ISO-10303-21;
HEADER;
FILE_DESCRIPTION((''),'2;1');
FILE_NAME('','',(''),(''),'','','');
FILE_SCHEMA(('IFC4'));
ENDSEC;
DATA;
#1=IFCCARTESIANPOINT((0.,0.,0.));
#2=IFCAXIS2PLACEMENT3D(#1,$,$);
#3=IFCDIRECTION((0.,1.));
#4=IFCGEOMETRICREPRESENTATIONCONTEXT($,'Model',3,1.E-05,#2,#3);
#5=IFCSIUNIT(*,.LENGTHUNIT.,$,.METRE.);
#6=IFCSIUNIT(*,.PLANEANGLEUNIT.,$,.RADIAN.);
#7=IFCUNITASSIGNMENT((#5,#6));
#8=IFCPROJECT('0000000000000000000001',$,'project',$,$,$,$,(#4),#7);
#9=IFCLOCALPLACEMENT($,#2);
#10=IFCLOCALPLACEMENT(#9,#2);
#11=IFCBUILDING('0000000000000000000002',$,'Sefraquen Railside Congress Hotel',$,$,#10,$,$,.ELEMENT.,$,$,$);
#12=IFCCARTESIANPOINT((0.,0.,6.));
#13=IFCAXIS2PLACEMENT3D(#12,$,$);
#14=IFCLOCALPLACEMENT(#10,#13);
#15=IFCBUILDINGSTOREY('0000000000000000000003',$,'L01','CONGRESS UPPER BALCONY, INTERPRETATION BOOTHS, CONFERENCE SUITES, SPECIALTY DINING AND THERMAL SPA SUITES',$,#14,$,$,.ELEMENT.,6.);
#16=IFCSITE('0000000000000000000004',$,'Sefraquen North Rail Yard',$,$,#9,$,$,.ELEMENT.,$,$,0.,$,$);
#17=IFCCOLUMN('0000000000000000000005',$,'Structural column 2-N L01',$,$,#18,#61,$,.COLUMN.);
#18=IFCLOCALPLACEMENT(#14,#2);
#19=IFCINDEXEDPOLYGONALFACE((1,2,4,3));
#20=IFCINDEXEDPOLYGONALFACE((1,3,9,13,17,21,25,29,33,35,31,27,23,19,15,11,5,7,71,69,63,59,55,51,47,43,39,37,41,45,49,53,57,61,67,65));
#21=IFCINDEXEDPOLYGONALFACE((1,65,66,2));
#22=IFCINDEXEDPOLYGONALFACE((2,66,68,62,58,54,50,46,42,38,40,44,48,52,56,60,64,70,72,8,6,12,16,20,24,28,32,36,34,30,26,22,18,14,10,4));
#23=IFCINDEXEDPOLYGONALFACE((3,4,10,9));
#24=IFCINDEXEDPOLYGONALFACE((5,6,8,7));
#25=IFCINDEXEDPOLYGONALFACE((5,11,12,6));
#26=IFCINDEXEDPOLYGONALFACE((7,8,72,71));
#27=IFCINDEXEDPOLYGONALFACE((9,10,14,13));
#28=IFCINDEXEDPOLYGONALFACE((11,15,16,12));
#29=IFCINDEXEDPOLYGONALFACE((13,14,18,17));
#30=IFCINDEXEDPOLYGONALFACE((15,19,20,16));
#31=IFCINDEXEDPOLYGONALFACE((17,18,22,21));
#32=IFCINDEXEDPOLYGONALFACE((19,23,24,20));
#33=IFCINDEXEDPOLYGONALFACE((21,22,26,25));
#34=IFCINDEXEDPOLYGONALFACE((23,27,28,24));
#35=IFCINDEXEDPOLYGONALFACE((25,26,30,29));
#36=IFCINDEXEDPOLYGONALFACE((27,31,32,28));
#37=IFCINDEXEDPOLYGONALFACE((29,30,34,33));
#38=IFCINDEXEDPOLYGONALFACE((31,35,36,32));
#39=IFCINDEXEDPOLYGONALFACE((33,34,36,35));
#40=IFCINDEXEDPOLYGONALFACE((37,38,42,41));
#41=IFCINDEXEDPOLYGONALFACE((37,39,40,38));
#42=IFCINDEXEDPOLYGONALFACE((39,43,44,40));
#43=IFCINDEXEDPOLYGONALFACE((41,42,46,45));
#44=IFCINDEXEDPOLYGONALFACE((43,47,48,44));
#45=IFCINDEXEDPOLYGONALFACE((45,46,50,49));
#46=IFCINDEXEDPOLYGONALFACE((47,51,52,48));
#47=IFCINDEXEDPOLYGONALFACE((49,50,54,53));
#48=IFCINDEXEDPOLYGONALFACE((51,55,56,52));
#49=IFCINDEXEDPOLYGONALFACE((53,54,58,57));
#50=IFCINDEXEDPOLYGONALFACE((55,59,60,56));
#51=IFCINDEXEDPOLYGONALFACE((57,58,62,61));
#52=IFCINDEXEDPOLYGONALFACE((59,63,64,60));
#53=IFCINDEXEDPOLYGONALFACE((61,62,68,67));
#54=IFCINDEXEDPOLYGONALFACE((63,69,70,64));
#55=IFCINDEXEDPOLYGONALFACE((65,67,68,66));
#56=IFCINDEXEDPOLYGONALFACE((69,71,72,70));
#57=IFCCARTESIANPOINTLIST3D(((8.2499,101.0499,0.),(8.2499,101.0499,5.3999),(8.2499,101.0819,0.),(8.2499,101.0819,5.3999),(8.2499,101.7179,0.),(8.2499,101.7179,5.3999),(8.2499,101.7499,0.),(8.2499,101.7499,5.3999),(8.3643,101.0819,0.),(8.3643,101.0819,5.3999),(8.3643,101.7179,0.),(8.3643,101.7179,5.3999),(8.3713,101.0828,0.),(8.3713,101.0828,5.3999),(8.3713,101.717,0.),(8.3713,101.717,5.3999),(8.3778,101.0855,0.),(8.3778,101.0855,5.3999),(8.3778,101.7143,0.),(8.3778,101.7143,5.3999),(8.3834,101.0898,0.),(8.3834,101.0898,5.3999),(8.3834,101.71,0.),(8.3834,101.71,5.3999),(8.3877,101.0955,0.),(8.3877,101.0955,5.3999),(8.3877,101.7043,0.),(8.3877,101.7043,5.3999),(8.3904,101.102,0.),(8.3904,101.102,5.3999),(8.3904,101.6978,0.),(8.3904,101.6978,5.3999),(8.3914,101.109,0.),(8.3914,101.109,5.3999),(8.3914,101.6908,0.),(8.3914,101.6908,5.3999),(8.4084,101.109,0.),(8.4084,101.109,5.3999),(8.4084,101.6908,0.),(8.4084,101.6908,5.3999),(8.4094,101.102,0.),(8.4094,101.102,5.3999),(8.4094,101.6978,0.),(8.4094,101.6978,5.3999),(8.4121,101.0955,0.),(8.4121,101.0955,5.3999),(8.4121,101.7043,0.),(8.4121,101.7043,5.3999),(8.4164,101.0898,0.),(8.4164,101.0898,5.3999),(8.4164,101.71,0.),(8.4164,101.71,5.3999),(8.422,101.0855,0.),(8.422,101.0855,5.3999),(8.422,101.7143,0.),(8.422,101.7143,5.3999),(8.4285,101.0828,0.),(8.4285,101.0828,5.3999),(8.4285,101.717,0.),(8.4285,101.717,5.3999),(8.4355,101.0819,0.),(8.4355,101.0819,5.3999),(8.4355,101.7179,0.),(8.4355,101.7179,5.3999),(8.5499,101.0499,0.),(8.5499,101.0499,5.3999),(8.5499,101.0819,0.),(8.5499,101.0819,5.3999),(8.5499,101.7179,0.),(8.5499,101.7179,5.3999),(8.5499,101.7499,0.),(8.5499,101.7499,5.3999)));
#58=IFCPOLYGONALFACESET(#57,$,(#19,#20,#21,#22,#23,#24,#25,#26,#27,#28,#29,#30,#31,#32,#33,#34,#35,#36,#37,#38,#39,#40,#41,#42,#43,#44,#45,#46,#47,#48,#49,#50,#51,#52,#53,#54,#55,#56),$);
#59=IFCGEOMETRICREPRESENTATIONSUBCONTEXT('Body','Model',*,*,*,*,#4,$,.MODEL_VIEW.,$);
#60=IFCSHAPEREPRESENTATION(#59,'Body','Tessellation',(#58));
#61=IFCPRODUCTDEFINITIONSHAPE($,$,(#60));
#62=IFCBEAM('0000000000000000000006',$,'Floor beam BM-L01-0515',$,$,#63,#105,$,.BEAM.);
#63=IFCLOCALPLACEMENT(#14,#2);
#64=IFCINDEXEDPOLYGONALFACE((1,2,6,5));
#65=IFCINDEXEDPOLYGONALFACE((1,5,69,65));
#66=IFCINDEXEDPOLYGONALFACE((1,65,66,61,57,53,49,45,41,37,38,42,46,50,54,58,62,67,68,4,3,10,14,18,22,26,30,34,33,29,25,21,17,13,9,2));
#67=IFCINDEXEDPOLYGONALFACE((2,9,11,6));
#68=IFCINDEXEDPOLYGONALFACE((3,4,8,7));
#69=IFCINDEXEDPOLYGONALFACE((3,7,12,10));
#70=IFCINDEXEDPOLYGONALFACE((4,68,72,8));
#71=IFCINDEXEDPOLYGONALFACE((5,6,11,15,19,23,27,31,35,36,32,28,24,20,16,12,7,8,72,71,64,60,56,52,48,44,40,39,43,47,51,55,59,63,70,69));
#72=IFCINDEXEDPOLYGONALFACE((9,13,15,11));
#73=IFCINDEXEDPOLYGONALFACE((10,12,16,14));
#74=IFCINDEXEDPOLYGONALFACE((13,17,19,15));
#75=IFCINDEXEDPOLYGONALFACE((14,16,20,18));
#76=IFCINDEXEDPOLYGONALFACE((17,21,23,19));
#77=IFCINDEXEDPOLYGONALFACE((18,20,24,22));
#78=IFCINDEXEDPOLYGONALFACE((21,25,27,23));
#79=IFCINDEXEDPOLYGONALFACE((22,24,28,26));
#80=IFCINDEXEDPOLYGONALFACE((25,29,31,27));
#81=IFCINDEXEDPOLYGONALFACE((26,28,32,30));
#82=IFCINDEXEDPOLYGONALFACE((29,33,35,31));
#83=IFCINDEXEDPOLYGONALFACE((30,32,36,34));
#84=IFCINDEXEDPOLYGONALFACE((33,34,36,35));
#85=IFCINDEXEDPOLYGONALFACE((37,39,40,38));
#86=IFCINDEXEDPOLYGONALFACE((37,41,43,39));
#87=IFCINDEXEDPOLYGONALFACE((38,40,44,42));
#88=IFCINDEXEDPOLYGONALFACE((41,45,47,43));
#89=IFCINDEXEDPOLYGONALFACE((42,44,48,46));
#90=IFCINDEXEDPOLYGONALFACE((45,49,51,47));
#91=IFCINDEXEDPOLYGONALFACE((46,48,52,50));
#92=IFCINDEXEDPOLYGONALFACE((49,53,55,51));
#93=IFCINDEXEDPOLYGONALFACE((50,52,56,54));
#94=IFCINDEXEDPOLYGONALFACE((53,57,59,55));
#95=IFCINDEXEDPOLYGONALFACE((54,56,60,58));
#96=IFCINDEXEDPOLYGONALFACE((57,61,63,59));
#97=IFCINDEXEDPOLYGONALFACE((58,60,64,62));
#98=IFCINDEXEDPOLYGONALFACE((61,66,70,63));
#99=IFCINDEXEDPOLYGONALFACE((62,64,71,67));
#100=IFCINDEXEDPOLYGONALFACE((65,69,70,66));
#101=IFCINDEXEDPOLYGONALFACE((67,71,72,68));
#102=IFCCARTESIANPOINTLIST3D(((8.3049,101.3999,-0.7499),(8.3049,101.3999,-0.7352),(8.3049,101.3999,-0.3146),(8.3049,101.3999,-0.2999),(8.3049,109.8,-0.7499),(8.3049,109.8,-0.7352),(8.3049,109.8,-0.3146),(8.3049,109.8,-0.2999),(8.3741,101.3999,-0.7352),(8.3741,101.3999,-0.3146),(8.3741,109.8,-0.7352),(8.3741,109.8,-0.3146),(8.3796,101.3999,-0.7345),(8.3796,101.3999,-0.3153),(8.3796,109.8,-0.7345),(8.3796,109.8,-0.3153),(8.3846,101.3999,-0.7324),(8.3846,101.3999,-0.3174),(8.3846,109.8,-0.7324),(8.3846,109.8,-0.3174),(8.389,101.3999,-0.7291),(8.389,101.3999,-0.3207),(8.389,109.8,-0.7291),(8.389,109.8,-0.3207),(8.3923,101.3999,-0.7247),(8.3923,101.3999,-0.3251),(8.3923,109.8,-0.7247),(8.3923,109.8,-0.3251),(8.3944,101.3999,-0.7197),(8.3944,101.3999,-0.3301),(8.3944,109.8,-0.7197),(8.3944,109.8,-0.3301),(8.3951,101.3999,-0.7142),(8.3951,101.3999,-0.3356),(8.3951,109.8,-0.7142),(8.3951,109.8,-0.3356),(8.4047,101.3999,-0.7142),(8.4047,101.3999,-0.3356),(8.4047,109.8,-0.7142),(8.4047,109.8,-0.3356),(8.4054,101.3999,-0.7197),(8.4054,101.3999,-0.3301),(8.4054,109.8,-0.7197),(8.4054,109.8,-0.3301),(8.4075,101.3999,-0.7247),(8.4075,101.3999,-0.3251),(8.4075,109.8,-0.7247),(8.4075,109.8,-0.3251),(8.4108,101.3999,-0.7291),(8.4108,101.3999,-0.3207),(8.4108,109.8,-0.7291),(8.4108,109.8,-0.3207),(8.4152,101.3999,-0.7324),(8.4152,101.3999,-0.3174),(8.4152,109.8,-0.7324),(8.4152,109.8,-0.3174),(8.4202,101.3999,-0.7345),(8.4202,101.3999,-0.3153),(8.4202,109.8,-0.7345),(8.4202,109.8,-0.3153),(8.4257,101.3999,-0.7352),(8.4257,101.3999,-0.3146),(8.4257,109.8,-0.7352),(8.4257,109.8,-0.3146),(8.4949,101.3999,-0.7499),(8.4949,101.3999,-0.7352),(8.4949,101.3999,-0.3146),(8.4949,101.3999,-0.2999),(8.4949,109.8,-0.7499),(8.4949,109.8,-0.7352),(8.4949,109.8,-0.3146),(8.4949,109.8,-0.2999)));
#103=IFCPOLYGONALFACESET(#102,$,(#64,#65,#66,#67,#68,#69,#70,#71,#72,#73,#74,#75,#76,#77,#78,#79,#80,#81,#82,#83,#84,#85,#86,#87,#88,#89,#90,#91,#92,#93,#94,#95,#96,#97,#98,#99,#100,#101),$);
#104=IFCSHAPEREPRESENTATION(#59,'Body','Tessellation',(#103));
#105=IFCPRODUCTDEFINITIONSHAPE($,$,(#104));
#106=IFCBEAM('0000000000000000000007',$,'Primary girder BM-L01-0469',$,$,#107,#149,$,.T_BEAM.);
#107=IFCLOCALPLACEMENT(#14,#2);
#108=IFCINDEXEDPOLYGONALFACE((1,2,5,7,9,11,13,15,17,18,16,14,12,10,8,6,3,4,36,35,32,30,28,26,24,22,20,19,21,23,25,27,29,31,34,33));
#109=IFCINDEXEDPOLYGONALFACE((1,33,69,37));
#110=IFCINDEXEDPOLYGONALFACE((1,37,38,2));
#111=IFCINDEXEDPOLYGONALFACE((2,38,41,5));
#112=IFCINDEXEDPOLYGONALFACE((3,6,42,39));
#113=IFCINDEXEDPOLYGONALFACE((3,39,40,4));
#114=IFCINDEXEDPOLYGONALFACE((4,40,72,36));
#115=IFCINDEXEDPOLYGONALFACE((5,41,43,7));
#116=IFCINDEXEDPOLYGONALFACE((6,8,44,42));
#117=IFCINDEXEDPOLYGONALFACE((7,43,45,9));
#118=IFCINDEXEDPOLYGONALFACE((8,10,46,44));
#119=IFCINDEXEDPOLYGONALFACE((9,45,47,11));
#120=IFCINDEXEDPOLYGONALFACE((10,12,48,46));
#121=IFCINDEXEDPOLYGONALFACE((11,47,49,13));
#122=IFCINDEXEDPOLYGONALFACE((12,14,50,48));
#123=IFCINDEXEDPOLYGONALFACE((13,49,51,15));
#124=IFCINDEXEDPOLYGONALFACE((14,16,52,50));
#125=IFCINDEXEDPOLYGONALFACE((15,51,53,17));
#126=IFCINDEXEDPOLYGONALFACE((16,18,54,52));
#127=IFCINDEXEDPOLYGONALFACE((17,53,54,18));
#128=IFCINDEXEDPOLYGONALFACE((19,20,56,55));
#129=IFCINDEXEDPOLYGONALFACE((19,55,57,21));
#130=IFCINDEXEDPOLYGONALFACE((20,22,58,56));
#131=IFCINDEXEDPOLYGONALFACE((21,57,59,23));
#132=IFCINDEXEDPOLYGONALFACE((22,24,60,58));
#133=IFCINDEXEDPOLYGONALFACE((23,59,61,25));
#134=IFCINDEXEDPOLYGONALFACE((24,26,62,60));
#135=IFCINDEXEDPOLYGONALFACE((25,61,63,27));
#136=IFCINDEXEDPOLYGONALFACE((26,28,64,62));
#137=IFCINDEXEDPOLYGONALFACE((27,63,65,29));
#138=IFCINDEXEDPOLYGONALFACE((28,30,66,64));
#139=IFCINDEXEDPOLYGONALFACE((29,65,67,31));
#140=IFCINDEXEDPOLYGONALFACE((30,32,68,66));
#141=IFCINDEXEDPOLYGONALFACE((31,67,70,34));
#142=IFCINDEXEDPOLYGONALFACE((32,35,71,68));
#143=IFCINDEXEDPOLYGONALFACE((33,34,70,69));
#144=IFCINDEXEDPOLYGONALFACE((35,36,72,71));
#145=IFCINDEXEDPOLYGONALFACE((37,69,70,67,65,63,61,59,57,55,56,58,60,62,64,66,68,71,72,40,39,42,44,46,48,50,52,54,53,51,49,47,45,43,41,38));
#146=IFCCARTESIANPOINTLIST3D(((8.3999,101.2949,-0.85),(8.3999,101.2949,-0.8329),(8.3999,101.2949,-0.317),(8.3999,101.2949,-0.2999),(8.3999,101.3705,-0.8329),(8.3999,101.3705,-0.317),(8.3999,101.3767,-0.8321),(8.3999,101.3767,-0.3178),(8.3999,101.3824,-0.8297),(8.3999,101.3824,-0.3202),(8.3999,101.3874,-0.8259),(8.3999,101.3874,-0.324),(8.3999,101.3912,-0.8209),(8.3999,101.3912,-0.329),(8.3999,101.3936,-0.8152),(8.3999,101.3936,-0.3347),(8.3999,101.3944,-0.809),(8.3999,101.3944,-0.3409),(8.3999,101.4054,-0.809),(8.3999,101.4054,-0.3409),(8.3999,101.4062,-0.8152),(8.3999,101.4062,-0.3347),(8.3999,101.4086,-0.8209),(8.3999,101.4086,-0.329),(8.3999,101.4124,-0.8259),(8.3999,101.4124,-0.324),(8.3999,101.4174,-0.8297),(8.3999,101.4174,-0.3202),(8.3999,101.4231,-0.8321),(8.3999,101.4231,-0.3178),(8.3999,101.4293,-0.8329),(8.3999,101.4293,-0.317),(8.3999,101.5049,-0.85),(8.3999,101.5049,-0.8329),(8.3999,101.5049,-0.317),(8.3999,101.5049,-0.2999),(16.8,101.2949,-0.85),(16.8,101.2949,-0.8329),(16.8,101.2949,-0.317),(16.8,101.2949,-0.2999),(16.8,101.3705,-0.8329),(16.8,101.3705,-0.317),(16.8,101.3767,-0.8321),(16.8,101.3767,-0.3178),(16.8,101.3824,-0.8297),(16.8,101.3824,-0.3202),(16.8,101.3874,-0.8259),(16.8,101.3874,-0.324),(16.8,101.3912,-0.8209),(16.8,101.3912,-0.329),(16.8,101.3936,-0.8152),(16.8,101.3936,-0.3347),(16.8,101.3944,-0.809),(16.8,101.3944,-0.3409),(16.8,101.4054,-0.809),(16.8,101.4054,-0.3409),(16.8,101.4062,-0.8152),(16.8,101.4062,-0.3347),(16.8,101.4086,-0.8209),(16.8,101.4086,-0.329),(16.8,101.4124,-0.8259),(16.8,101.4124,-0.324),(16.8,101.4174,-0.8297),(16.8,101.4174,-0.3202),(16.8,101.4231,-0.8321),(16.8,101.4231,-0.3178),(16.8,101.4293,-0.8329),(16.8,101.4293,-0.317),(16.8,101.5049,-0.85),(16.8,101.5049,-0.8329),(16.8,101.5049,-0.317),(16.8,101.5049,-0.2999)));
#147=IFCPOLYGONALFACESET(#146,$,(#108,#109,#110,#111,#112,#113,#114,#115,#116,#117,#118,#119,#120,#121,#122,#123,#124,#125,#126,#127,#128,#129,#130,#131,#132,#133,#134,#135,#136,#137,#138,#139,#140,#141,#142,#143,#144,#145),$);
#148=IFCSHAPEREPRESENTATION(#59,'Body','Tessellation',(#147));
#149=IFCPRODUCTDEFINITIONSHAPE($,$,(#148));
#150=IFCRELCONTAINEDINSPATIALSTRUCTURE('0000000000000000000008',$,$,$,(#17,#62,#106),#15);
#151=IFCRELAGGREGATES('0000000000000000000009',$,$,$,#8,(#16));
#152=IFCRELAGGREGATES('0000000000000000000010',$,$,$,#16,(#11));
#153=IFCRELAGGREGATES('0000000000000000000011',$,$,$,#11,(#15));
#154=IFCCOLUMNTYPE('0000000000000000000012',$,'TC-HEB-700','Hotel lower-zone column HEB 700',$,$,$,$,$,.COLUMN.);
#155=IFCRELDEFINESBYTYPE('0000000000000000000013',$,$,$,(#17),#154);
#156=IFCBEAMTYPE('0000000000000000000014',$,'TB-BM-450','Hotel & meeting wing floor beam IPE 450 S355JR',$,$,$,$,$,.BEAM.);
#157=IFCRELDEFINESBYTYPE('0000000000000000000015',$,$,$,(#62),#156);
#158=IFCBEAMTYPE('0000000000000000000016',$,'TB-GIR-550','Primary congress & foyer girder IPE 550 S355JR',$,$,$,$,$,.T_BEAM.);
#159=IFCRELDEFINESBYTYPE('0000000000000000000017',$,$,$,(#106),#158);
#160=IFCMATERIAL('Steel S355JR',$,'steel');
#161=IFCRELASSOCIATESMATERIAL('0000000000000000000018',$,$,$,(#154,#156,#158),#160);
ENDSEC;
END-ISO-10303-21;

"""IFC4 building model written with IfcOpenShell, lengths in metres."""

from ifc_helpers import new_model, si_unit, direction, frame, origin, origin_2d, place, context, subcontext, project, spatial, i_section, extrude, material, material_profile, profile_set, type_object, element, save


model = new_model("IFC4")

# Units and contexts
model_context = context("Model", 3, precision=1e-05, world=origin(), true_north=direction((0.0, 1.0)))
body_context = subcontext(model_context, "Body", "Model", "MODEL_VIEW")
ifc_project = project(units=[si_unit("LENGTHUNIT", "METRE"), si_unit("PLANEANGLEUNIT", "RADIAN")], contexts=[model_context])

# Site, building, storey
site_placement = place(None, origin())
site = spatial("IfcSite", under=ifc_project, at=site_placement, Name="Sefraquen North Rail Yard", CompositionType="ELEMENT", RefElevation=0.0)
building_placement = place(site_placement, origin())
building = spatial("IfcBuilding", under=site, at=building_placement, Name="Sefraquen Railside Congress Hotel", CompositionType="ELEMENT")
storey_placement = place(building_placement, frame((0.0, 0.0, 6.0)))
storey = spatial("IfcBuildingStorey", under=building, at=storey_placement, Name="L01", Description="CONGRESS UPPER BALCONY, INTERPRETATION BOOTHS, CONFERENCE SUITES, SPECIALTY DINING AND THERMAL SPA SUITES", CompositionType="ELEMENT", Elevation=6.0)

# Column
ifc_material_1 = material(Name="Steel S355JR", Category="steel")
ifc_material_profile_1 = material_profile(ifc_material_1, i_section(OverallWidth=0.3, OverallDepth=0.7, WebThickness=0.0171, FlangeThickness=0.032, FilletRadius=0.0271, at=origin_2d()), Name="HEB 700")
ifc_profile_set_1 = profile_set([ifc_material_profile_1], Name="Steel S355JR")
column_type = type_object("IfcColumnType", Name="TC-HEB-700", Description="Hotel lower-zone column HEB 700", PredefinedType="COLUMN", material=ifc_profile_set_1)
column_placement = place(storey_placement, frame((8.3999, 101.3999, 0.0), z_axis=(0.0, 0.0, 1.0), x_axis=(1.0, 0.0, 0.0)))
element("IfcColumn", 1, at=column_placement, inside=storey, type_object=column_type, Name="Structural column 2-N L01", PredefinedType="COLUMN", context=body_context, shape_type="SweptSolid", body=[
    extrude(i_section(OverallWidth=0.3, OverallDepth=0.7, WebThickness=0.0171, FlangeThickness=0.032, FilletRadius=0.0271, at=origin_2d()), origin(), (0.0, 0.0, 1.0), 5.3999),
])

# Beams
ifc_material_profile_2 = material_profile(ifc_material_1, i_section(OverallWidth=0.1899, OverallDepth=0.45, WebThickness=0.0095, FlangeThickness=0.0146, FilletRadius=0.021, at=origin_2d()), Name="IPE 450")
ifc_profile_set_2 = profile_set([ifc_material_profile_2], Name="Steel S355JR")
beam_type_1 = type_object("IfcBeamType", Name="TB-BM-450", Description="Hotel & meeting wing floor beam IPE 450 S355JR", PredefinedType="BEAM", material=ifc_profile_set_2)
beam_1_placement = place(storey_placement, frame((8.3999, 101.3999, -0.5249), z_axis=(0.0, 1.0, 0.0), x_axis=(-1.0, 0.0, 0.0)))
element("IfcBeam", 2, at=beam_1_placement, inside=storey, type_object=beam_type_1, Name="Floor beam BM-L01-0515", PredefinedType="BEAM", context=body_context, shape_type="SweptSolid", body=[
    extrude(i_section(OverallWidth=0.1899, OverallDepth=0.45, WebThickness=0.0095, FlangeThickness=0.0146, FilletRadius=0.021, at=origin_2d()), origin(), (0.0, 0.0, 1.0), 8.4001),
])
ifc_material_profile_3 = material_profile(ifc_material_1, i_section(OverallWidth=0.21, OverallDepth=0.55, WebThickness=0.011, FlangeThickness=0.0171, FilletRadius=0.0239, at=origin_2d()), Name="IPE 550")
ifc_profile_set_3 = profile_set([ifc_material_profile_3], Name="Steel S355JR")
beam_type_2 = type_object("IfcBeamType", Name="TB-GIR-550", Description="Primary congress & foyer girder IPE 550 S355JR", PredefinedType="T_BEAM", material=ifc_profile_set_3)
beam_2_placement = place(storey_placement, frame((8.3999, 101.3999, -0.575), z_axis=(1.0, 0.0, 0.0), x_axis=(0.0, 1.0, 0.0)))
element("IfcBeam", 3, at=beam_2_placement, inside=storey, type_object=beam_type_2, Name="Primary girder BM-L01-0469", PredefinedType="T_BEAM", context=body_context, shape_type="SweptSolid", body=[
    extrude(i_section(OverallWidth=0.21, OverallDepth=0.55, WebThickness=0.011, FlangeThickness=0.0171, FilletRadius=0.0239, at=origin_2d()), origin(), (0.0, 0.0, 1.0), 8.4001),
])

save(model, "model.ifc")
